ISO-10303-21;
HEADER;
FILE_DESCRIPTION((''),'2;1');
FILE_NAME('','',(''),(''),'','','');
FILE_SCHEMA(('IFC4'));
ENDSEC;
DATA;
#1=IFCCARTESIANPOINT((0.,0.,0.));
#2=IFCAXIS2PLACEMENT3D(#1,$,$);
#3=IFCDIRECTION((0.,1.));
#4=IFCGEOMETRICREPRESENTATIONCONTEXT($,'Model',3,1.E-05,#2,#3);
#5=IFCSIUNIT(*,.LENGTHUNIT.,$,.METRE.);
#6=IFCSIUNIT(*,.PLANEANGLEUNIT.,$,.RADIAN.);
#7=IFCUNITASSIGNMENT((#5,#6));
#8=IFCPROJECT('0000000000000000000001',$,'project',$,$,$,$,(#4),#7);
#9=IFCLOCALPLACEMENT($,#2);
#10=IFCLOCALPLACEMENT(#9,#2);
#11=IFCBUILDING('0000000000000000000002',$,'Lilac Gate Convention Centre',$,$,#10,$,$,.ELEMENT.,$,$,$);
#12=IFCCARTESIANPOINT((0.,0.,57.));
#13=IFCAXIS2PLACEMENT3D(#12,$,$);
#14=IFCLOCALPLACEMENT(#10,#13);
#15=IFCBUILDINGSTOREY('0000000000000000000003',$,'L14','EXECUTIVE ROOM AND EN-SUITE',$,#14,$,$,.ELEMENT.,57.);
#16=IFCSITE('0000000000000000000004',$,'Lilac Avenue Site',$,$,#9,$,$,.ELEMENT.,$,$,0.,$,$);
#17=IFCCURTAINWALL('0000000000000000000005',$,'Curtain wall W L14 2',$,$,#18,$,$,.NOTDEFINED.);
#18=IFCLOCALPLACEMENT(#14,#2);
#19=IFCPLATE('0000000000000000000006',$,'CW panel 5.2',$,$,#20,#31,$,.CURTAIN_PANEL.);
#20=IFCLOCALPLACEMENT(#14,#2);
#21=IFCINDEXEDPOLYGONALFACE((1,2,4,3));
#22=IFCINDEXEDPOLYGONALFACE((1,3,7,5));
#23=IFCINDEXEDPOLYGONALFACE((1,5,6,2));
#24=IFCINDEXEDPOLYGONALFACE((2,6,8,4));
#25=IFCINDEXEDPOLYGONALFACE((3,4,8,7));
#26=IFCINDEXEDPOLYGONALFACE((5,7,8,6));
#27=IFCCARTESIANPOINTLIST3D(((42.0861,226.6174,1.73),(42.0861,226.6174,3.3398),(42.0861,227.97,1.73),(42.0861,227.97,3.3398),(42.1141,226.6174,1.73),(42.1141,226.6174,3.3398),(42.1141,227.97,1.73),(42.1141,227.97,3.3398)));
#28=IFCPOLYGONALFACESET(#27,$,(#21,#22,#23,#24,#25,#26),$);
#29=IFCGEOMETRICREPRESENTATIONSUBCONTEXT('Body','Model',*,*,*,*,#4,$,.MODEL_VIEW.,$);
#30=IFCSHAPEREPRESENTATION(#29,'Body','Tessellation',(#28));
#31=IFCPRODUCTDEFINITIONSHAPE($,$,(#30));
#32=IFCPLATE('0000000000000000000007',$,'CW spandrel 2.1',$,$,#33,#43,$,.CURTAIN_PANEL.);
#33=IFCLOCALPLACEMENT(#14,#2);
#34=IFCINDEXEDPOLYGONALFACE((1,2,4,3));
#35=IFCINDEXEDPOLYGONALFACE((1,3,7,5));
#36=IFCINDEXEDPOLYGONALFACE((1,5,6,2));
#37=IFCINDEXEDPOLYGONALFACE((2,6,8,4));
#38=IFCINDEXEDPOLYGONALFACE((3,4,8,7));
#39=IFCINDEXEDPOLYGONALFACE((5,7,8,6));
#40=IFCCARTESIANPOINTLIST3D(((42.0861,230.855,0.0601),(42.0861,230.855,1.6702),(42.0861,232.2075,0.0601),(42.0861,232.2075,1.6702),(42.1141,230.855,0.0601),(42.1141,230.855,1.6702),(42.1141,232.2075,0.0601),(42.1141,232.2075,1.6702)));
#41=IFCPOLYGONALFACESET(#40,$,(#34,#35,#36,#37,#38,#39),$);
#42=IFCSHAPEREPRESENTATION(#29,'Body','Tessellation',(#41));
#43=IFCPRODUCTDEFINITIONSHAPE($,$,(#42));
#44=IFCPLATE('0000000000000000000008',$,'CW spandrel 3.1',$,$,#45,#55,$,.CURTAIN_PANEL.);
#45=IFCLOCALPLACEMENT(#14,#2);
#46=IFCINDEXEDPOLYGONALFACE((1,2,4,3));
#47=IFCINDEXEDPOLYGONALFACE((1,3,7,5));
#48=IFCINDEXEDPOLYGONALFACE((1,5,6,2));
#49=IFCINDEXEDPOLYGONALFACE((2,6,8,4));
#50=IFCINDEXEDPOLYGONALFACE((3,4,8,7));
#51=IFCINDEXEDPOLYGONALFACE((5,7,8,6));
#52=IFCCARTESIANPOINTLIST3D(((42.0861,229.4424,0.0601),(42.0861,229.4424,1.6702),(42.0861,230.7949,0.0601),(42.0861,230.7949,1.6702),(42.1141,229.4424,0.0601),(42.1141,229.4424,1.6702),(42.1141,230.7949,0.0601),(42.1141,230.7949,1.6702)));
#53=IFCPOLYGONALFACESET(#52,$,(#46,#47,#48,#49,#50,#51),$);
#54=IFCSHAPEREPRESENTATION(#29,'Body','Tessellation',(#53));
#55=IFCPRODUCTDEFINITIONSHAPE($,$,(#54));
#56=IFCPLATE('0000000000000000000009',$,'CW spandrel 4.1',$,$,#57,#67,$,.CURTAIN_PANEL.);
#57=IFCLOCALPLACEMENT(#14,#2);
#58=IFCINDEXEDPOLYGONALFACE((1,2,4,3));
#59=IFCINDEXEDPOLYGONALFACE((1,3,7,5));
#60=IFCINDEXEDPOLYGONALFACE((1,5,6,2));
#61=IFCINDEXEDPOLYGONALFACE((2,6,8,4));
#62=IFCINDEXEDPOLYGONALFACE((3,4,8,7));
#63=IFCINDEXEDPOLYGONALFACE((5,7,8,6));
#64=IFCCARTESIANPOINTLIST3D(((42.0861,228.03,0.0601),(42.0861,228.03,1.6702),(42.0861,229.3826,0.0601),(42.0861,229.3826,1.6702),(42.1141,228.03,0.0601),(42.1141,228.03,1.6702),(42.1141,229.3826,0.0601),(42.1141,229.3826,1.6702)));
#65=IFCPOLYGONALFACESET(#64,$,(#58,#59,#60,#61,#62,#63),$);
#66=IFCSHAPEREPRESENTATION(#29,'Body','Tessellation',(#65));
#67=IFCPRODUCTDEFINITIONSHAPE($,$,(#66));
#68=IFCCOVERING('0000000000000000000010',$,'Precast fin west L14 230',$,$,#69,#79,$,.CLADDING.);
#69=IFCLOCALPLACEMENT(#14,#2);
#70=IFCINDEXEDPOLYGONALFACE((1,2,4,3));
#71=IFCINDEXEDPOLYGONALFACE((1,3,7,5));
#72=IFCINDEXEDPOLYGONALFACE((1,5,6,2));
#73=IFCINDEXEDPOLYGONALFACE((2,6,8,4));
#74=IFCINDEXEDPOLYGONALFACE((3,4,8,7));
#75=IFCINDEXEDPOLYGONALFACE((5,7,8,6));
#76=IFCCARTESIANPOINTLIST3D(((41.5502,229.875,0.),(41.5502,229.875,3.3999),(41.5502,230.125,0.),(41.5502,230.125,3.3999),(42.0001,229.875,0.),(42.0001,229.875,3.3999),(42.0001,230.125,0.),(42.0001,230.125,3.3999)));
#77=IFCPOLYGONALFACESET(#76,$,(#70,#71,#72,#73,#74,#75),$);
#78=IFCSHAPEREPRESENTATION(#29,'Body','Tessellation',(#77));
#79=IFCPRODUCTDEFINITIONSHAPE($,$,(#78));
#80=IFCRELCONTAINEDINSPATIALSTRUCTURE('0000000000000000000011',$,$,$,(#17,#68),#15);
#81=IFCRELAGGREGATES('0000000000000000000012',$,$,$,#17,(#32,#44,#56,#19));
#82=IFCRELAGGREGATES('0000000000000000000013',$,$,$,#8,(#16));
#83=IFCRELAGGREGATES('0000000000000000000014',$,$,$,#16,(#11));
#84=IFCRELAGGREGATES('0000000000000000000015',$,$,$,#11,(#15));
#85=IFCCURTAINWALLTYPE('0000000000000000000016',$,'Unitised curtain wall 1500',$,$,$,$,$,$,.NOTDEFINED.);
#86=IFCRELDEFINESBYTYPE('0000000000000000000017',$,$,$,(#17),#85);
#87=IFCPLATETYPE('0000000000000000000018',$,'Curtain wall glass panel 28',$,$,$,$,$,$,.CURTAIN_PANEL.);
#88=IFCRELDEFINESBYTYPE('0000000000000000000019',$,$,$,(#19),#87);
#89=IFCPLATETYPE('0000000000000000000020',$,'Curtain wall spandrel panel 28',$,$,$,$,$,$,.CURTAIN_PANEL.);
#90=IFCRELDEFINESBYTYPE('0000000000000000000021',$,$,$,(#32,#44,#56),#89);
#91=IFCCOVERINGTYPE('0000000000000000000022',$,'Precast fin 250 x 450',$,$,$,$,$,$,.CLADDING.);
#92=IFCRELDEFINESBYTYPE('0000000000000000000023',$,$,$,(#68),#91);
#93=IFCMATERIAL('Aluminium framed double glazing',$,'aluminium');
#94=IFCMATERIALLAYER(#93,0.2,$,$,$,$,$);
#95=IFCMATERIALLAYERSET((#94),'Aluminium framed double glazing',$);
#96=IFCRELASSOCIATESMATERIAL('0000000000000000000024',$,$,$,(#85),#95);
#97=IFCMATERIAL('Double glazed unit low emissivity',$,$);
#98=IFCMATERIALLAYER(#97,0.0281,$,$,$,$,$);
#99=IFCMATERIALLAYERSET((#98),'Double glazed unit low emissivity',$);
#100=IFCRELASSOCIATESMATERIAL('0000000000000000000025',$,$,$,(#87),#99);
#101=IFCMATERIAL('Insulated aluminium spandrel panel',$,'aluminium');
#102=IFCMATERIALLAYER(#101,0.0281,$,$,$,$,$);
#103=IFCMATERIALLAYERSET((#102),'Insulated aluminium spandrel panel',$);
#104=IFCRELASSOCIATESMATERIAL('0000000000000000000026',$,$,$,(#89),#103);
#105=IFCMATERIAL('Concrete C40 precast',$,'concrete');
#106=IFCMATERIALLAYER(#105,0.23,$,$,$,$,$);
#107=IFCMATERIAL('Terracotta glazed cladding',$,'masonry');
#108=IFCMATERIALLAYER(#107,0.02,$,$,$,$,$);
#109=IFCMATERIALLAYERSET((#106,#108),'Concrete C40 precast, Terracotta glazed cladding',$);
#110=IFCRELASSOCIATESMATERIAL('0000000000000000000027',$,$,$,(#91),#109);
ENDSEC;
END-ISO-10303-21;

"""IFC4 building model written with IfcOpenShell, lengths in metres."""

from ifc_helpers import new_model, si_unit, direction, frame, frame_2d, origin, origin_2d, place, context, subcontext, project, spatial, rectangle, extrude, material, layer, layer_set, type_object, element, aggregate, save


model = new_model("IFC4")

# Units and contexts
model_context = context("Model", 3, precision=1e-05, world=origin(), true_north=direction((0.0, 1.0)))
body_context = subcontext(model_context, "Body", "Model", "MODEL_VIEW")
ifc_project = project(units=[si_unit("LENGTHUNIT", "METRE"), si_unit("PLANEANGLEUNIT", "RADIAN")], contexts=[model_context])

# Site, building, storey
site_placement = place(None, origin())
site = spatial("IfcSite", under=ifc_project, at=site_placement, Name="Lilac Avenue Site", CompositionType="ELEMENT", RefElevation=0.0)
building_placement = place(site_placement, origin())
building = spatial("IfcBuilding", under=site, at=building_placement, Name="Lilac Gate Convention Centre", CompositionType="ELEMENT")
storey_placement = place(building_placement, frame((0.0, 0.0, 57.0)))
storey = spatial("IfcBuildingStorey", under=building, at=storey_placement, Name="L14", Description="EXECUTIVE ROOM AND EN-SUITE", CompositionType="ELEMENT", Elevation=57.0)

# Curtain wall, plates
ifc_material_1 = material(Name="Aluminium framed double glazing", Category="aluminium")
ifc_layer_1 = layer(ifc_material_1, 0.2)
ifc_layer_set_1 = layer_set([ifc_layer_1], Name="Aluminium framed double glazing")
curtain_wall_type = type_object("IfcCurtainWallType", Name="Unitised curtain wall 1500", PredefinedType="NOTDEFINED", material=ifc_layer_set_1)
curtain_wall_placement = place(storey_placement, origin())
curtain_wall = element("IfcCurtainWall", 1, at=curtain_wall_placement, inside=storey, type_object=curtain_wall_type, Name="Curtain wall W L14 2", PredefinedType="NOTDEFINED")
ifc_material_2 = material(Name="Double glazed unit low emissivity")
ifc_layer_2 = layer(ifc_material_2, 0.0281)
ifc_layer_set_2 = layer_set([ifc_layer_2], Name="Double glazed unit low emissivity")
plate_type_1 = type_object("IfcPlateType", Name="Curtain wall glass panel 28", PredefinedType="CURTAIN_PANEL", material=ifc_layer_set_2)
plate_1_placement = place(storey_placement, frame((42.1001, 227.2937, 1.73), z_axis=(0.0, 0.0, 1.0), x_axis=(0.0, -1.0, 0.0)))
plate_1 = element("IfcPlate", 2, at=plate_1_placement, type_object=plate_type_1, Name="CW panel 5.2", PredefinedType="CURTAIN_PANEL", context=body_context, shape_type="SweptSolid", body=[
    extrude(rectangle(XDim=1.3525, YDim=0.0281, at=origin_2d()), origin(), (0.0, 0.0, 1.0), 1.6099),
])
ifc_material_3 = material(Name="Insulated aluminium spandrel panel", Category="aluminium")
ifc_layer_3 = layer(ifc_material_3, 0.0281)
ifc_layer_set_3 = layer_set([ifc_layer_3], Name="Insulated aluminium spandrel panel")
plate_type_2 = type_object("IfcPlateType", Name="Curtain wall spandrel panel 28", PredefinedType="CURTAIN_PANEL", material=ifc_layer_set_3)
plate_2_placement = place(storey_placement, frame((42.1001, 231.5312, 0.0601), z_axis=(0.0, 0.0, 1.0), x_axis=(0.0, -1.0, 0.0)))
plate_2 = element("IfcPlate", 3, at=plate_2_placement, type_object=plate_type_2, Name="CW spandrel 2.1", PredefinedType="CURTAIN_PANEL", context=body_context, shape_type="SweptSolid", body=[
    extrude(rectangle(XDim=1.3525, YDim=0.0281, at=origin_2d()), origin(), (0.0, 0.0, 1.0), 1.6101),
])
plate_3_placement = place(storey_placement, frame((42.1001, 230.1187, 0.0601), z_axis=(0.0, 0.0, 1.0), x_axis=(0.0, -1.0, 0.0)))
plate_3 = element("IfcPlate", 4, at=plate_3_placement, type_object=plate_type_2, Name="CW spandrel 3.1", PredefinedType="CURTAIN_PANEL", context=body_context, shape_type="SweptSolid", body=[
    extrude(rectangle(XDim=1.3525, YDim=0.0281, at=origin_2d()), origin(), (0.0, 0.0, 1.0), 1.6101),
])
plate_4_placement = place(storey_placement, frame((42.1001, 228.7063, 0.0601), z_axis=(0.0, 0.0, 1.0), x_axis=(0.0, -1.0, 0.0)))
plate_4 = element("IfcPlate", 5, at=plate_4_placement, type_object=plate_type_2, Name="CW spandrel 4.1", PredefinedType="CURTAIN_PANEL", context=body_context, shape_type="SweptSolid", body=[
    extrude(rectangle(XDim=1.3525, YDim=0.0281, at=origin_2d()), origin(), (0.0, 0.0, 1.0), 1.6101),
])
aggregate(curtain_wall, [plate_2, plate_3, plate_4, plate_1])

# Covering
ifc_material_4 = material(Name="Concrete C40 precast", Category="concrete")
ifc_layer_4 = layer(ifc_material_4, 0.23)
ifc_material_5 = material(Name="Terracotta glazed cladding", Category="masonry")
ifc_layer_5 = layer(ifc_material_5, 0.02)
ifc_layer_set_4 = layer_set([ifc_layer_4, ifc_layer_5], Name="Concrete C40 precast, Terracotta glazed cladding")
covering_type = type_object("IfcCoveringType", Name="Precast fin 250 x 450", PredefinedType="CLADDING", material=ifc_layer_set_4)
covering_placement = place(storey_placement, frame((41.55, 230.0, 0.0), z_axis=(0.0, 0.0, 1.0), x_axis=(1.0, 0.0, 0.0)))
element("IfcCovering", 6, at=covering_placement, inside=storey, type_object=covering_type, Name="Precast fin west L14 230", PredefinedType="CLADDING", context=body_context, shape_type="SweptSolid", body=[
    extrude(rectangle(XDim=0.45, YDim=0.25, at=frame_2d((0.2251, 0.0))), origin(), (0.0, 0.0, 1.0), 3.3999),
])

save(model, "model.ifc")
